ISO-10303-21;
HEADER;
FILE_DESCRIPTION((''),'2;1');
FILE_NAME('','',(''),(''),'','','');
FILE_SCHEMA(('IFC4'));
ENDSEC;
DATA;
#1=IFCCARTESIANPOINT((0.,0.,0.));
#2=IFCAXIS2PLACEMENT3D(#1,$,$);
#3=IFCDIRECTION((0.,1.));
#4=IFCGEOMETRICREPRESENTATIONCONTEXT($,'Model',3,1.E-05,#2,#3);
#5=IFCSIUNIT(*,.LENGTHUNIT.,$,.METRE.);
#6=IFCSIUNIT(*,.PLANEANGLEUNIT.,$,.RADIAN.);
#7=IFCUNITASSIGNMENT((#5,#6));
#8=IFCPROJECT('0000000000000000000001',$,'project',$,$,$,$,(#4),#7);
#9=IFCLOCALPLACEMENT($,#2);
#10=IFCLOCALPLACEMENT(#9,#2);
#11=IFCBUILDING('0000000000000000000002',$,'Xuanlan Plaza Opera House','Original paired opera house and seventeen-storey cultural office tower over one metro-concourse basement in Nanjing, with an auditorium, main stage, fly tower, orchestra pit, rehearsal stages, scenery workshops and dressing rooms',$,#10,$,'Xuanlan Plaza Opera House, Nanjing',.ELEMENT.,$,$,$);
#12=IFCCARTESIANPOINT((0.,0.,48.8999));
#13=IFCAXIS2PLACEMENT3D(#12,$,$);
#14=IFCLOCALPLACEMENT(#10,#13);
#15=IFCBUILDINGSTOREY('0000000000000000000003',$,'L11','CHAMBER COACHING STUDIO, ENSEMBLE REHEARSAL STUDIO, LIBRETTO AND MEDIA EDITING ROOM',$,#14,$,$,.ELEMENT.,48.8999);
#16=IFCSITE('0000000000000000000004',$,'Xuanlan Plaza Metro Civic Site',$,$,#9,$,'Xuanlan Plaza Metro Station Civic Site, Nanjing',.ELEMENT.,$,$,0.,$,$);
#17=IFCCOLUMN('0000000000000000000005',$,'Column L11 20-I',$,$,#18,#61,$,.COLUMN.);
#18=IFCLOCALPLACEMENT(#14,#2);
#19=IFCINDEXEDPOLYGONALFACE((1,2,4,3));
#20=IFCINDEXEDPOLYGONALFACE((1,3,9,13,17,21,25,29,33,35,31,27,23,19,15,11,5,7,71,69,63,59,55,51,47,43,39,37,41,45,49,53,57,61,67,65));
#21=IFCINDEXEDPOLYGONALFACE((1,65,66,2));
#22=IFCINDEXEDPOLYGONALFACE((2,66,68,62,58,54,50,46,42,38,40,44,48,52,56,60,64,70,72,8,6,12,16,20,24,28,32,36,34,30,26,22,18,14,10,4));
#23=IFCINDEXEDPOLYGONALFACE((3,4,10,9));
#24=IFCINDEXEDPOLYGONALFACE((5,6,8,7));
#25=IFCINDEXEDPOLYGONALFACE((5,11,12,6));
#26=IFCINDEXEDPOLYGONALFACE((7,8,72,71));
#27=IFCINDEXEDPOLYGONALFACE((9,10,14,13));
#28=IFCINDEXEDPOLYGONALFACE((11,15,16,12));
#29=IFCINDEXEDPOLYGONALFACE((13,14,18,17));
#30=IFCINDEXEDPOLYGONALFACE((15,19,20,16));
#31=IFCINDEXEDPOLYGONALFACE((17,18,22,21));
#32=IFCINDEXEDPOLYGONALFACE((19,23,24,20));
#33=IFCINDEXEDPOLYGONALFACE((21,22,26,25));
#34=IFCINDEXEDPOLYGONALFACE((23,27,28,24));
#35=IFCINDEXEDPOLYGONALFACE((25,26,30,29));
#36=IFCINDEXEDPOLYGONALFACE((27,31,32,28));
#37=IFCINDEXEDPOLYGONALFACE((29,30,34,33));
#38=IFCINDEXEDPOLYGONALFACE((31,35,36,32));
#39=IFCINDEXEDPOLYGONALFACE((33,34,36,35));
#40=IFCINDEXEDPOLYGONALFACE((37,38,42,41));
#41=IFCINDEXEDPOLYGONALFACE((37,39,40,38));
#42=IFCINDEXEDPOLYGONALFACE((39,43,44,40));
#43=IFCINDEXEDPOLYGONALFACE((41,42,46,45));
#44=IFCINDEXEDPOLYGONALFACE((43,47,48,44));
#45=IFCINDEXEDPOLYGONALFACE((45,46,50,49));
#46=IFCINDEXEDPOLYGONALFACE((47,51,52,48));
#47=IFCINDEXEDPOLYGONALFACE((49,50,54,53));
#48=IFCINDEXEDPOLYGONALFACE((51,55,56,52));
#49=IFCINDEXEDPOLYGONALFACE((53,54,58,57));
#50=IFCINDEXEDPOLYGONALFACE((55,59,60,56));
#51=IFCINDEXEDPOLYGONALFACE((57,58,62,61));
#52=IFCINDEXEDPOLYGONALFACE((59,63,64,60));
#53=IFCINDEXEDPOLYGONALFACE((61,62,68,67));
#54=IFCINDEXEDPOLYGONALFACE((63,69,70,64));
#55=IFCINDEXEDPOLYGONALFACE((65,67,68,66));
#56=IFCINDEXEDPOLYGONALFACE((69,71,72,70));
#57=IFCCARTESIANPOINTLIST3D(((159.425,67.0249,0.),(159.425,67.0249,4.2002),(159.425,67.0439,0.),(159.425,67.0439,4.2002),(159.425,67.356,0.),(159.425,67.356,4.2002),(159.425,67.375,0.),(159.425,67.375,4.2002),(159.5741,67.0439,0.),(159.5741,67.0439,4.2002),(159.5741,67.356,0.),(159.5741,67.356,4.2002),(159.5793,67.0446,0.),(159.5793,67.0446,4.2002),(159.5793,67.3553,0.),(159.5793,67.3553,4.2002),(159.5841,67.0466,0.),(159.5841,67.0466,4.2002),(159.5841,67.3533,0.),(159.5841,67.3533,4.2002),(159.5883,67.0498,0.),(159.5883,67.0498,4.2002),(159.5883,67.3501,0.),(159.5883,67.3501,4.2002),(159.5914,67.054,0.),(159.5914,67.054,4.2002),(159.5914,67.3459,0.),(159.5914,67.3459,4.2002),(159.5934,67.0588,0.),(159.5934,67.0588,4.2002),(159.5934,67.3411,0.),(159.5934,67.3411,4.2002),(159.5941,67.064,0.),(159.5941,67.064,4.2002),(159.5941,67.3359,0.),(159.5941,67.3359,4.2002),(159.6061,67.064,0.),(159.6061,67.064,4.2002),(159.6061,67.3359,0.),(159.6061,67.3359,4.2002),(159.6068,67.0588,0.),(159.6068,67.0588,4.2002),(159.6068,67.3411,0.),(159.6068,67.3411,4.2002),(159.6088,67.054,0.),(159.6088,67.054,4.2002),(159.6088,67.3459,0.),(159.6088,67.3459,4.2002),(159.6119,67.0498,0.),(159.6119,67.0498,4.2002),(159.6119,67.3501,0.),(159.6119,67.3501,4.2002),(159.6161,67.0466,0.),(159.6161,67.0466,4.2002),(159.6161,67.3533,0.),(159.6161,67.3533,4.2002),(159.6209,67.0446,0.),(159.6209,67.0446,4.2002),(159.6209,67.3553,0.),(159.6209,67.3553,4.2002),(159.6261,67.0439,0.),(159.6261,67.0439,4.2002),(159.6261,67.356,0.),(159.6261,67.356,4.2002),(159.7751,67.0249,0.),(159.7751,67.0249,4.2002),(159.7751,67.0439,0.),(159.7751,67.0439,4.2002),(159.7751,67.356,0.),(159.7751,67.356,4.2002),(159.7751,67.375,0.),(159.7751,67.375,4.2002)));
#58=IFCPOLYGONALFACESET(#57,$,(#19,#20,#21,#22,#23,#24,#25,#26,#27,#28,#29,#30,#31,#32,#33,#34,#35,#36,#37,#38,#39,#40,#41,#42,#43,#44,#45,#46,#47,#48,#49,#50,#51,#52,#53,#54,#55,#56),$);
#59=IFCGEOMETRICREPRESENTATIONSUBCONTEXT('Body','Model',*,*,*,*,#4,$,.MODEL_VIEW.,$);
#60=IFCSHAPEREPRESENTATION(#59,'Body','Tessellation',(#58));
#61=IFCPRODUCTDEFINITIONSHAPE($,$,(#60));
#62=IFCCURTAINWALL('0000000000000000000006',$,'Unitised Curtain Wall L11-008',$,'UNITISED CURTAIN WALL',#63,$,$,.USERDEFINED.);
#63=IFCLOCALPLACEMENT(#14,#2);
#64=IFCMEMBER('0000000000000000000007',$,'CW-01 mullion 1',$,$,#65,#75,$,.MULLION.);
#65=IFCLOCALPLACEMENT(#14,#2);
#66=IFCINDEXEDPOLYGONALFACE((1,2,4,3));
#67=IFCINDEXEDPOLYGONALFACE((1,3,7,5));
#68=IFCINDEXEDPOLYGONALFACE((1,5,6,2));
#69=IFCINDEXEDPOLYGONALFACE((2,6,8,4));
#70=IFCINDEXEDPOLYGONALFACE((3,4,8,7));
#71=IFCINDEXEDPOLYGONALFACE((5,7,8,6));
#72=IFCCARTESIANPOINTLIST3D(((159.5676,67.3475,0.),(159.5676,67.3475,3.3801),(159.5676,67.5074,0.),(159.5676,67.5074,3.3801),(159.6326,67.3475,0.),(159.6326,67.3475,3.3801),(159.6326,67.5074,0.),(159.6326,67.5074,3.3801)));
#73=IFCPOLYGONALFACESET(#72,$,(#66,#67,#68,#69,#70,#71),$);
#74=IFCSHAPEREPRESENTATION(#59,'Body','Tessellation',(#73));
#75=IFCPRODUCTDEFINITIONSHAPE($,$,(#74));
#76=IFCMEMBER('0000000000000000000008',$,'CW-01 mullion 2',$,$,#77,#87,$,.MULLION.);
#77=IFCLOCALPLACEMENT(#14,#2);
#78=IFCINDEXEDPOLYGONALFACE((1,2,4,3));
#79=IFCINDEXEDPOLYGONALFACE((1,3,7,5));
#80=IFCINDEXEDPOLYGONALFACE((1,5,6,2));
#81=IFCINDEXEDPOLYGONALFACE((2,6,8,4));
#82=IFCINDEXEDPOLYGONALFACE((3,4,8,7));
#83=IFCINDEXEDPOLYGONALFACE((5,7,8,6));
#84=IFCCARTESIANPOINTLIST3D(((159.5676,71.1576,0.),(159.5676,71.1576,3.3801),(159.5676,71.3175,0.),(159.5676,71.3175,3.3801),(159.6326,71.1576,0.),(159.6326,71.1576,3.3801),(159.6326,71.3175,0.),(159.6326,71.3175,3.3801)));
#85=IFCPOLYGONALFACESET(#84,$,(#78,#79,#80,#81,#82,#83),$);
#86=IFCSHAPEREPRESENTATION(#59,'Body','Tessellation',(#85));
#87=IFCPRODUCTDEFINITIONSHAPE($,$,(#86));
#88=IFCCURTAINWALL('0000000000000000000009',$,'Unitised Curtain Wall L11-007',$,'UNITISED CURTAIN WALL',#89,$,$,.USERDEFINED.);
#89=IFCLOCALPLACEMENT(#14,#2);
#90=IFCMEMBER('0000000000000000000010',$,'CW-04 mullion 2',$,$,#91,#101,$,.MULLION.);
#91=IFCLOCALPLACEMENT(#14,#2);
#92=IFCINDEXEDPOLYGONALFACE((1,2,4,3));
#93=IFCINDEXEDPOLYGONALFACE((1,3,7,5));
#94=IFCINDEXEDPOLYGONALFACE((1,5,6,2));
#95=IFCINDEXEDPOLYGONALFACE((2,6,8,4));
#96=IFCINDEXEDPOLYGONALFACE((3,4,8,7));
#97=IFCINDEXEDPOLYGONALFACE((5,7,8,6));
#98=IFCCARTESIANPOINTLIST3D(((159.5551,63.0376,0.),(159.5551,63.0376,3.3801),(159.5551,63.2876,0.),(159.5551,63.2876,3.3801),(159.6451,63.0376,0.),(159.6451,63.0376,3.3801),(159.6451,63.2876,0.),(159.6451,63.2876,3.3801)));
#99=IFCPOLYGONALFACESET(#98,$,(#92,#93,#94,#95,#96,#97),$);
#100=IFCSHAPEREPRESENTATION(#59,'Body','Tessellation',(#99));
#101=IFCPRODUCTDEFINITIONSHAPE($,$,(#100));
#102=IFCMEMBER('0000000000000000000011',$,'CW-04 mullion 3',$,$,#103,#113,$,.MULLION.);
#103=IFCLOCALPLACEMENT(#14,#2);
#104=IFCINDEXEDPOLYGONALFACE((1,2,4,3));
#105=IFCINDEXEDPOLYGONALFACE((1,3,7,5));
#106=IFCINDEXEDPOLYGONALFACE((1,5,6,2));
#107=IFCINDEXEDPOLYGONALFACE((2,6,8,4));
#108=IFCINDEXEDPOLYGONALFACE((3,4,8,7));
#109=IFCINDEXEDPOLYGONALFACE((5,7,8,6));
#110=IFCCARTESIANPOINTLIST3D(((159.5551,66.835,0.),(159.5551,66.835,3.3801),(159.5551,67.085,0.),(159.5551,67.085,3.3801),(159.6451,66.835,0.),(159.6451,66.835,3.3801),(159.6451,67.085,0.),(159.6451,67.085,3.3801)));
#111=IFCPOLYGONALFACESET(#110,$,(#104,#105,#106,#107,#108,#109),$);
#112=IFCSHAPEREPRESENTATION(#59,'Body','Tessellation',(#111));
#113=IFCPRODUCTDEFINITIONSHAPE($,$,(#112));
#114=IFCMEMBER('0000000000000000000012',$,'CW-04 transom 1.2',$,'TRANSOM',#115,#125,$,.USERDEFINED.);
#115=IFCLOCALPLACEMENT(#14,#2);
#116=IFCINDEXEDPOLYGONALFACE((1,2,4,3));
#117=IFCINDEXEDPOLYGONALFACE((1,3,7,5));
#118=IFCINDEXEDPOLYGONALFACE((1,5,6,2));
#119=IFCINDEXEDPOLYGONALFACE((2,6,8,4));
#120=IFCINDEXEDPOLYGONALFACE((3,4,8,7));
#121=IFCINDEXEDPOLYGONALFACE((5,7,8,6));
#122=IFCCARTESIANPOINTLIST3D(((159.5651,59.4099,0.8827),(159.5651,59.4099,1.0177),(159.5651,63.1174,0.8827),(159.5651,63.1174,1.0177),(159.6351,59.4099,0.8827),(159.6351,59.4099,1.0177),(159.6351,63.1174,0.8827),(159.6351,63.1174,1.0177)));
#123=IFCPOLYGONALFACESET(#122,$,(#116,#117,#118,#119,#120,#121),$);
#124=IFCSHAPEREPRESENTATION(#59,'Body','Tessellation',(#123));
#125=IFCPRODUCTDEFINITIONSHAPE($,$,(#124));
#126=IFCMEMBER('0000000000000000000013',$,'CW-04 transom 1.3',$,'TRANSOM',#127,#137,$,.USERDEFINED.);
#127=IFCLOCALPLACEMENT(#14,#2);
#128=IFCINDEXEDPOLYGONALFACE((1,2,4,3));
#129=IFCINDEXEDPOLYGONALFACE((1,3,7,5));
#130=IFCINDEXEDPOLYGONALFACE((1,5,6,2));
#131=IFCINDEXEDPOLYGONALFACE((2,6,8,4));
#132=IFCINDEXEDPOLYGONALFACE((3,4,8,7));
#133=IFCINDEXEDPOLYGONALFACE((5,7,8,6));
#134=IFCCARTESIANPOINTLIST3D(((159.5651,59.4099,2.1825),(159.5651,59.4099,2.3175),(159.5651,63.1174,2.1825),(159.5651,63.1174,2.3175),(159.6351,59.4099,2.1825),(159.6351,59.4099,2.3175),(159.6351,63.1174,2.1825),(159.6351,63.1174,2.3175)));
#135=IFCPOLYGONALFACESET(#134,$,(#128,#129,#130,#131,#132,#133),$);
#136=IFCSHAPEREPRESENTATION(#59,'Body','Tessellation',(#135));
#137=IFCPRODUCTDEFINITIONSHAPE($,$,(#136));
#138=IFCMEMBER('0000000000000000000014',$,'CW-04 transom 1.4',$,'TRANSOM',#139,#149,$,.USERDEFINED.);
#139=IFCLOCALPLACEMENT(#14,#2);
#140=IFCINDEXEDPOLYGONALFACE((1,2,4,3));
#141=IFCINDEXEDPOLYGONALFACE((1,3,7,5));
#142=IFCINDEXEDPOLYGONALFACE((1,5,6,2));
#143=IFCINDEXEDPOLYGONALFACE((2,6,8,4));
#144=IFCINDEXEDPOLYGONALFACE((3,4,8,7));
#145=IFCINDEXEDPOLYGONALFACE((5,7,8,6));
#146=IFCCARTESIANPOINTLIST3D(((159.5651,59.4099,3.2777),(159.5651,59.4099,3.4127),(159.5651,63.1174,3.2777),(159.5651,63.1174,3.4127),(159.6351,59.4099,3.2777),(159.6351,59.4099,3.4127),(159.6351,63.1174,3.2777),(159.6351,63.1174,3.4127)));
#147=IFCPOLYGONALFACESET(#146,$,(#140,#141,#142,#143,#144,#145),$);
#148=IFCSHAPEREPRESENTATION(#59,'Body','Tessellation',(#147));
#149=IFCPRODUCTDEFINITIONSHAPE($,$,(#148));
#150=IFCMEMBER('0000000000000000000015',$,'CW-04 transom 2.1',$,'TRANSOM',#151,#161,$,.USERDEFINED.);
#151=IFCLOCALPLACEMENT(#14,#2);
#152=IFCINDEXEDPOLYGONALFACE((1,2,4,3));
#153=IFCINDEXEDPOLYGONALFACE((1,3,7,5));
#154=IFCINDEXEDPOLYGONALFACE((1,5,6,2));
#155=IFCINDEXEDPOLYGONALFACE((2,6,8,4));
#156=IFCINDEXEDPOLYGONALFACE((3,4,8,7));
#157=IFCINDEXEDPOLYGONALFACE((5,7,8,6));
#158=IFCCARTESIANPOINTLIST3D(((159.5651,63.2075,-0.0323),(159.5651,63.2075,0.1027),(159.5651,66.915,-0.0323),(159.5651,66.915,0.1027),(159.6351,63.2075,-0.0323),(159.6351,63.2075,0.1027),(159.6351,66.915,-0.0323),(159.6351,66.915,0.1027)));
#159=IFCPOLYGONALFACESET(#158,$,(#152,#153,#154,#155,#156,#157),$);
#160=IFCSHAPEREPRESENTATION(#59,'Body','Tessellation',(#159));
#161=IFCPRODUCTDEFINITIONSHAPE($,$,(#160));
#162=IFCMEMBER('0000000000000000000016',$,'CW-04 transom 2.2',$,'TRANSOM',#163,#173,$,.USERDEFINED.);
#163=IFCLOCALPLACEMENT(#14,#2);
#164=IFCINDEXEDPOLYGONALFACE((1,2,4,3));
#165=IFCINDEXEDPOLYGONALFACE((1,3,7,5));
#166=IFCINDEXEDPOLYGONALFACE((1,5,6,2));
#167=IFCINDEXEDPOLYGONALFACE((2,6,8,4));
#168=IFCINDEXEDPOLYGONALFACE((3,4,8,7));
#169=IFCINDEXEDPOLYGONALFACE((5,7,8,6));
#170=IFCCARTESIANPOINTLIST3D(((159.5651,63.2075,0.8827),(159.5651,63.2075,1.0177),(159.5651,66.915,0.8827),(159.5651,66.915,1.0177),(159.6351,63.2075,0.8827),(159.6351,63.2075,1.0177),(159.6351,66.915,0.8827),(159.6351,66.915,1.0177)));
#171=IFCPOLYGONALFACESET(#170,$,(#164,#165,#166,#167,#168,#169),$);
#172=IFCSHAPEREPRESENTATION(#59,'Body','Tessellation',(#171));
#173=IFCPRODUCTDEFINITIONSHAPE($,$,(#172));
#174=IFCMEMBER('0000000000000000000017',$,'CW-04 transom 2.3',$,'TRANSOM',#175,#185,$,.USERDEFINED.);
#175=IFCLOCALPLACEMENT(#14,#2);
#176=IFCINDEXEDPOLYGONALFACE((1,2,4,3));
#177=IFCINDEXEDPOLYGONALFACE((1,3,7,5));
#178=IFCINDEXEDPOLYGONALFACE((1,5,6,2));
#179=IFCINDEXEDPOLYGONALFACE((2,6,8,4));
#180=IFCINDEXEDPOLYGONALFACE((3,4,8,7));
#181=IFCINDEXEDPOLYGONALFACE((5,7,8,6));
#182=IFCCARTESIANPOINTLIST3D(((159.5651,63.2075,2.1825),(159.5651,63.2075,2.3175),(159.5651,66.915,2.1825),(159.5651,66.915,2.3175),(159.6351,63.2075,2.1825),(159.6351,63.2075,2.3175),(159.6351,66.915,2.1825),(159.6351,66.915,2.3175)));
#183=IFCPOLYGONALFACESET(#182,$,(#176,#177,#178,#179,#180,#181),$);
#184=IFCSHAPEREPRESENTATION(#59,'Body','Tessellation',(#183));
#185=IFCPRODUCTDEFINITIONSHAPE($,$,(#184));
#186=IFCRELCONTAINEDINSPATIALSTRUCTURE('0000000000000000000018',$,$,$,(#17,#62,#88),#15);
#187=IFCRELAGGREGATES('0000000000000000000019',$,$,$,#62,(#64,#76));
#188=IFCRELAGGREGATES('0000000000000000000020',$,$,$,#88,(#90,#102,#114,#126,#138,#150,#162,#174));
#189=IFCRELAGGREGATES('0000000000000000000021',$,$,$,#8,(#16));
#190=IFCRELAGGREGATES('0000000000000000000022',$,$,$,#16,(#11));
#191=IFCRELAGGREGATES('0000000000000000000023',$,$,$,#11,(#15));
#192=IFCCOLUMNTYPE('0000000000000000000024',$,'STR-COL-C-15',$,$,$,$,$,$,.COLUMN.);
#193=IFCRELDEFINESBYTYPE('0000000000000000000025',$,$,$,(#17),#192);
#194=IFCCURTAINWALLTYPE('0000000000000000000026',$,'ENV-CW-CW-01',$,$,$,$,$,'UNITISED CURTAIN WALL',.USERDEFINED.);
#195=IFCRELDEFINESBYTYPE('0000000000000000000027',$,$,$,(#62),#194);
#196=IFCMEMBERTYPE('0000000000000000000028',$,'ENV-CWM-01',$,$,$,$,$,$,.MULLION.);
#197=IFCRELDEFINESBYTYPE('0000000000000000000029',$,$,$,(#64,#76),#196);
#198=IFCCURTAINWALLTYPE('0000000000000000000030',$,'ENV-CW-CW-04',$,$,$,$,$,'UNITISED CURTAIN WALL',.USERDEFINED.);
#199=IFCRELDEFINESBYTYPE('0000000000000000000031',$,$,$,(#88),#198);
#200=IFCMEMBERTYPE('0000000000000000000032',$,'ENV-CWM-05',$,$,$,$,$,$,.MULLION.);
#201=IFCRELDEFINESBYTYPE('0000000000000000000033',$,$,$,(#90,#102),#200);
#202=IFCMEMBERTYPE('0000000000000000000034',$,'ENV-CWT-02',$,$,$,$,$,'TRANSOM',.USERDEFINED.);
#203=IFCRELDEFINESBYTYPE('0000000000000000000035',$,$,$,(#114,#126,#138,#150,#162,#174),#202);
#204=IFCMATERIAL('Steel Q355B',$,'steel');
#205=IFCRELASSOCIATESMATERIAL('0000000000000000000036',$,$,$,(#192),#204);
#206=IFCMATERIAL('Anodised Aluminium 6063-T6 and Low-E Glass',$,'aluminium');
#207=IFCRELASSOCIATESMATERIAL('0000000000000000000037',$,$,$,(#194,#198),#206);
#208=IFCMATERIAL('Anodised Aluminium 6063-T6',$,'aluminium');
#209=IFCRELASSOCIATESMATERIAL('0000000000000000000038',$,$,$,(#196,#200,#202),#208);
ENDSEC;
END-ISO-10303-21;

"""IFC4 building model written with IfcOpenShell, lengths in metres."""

from ifc_helpers import new_model, si_unit, direction, frame, origin, origin_2d, place, context, subcontext, project, spatial, rectangle, i_section, extrude, material, material_profile, profile_set, type_object, element, aggregate, save


model = new_model("IFC4")

# Units and contexts
model_context = context("Model", 3, precision=1e-05, world=origin(), true_north=direction((0.0, 1.0)))
body_context = subcontext(model_context, "Body", "Model", "MODEL_VIEW")
ifc_project = project(units=[si_unit("LENGTHUNIT", "METRE"), si_unit("PLANEANGLEUNIT", "RADIAN")], contexts=[model_context])

# Site, building, storey
site_placement = place(None, origin())
site = spatial("IfcSite", under=ifc_project, at=site_placement, Name="Xuanlan Plaza Metro Civic Site", LongName="Xuanlan Plaza Metro Station Civic Site, Nanjing", CompositionType="ELEMENT", RefElevation=0.0)
building_placement = place(site_placement, origin())
building = spatial("IfcBuilding", under=site, at=building_placement, Name="Xuanlan Plaza Opera House", Description="Original paired opera house and seventeen-storey cultural office tower over one metro-concourse basement in Nanjing, with an auditorium, main stage, fly tower, orchestra pit, rehearsal stages, scenery workshops and dressing rooms", LongName="Xuanlan Plaza Opera House, Nanjing", CompositionType="ELEMENT")
storey_placement = place(building_placement, frame((0.0, 0.0, 48.8999)))
storey = spatial("IfcBuildingStorey", under=building, at=storey_placement, Name="L11", Description="CHAMBER COACHING STUDIO, ENSEMBLE REHEARSAL STUDIO, LIBRETTO AND MEDIA EDITING ROOM", CompositionType="ELEMENT", Elevation=48.8999)

# Column
ifc_material_1 = material(Name="Steel Q355B", Category="steel")
ifc_material_profile_1 = material_profile(ifc_material_1, i_section(OverallWidth=0.3501, OverallDepth=0.3501, WebThickness=0.012, FlangeThickness=0.019, FilletRadius=0.02, at=origin_2d()), Name="HW 350x350x12x19")
ifc_profile_set_1 = profile_set([ifc_material_profile_1], Name="Steel Q355B")
column_type = type_object("IfcColumnType", Name="STR-COL-C-15", PredefinedType="COLUMN", material=ifc_profile_set_1)
column_placement = place(storey_placement, frame((159.6001, 67.2, 0.0), z_axis=(0.0, 0.0, 1.0), x_axis=(1.0, 0.0, 0.0)))
element("IfcColumn", 1, at=column_placement, inside=storey, type_object=column_type, Name="Column L11 20-I", PredefinedType="COLUMN", context=body_context, shape_type="SweptSolid", body=[
    extrude(i_section(OverallWidth=0.3501, OverallDepth=0.3501, WebThickness=0.012, FlangeThickness=0.019, FilletRadius=0.02, at=origin_2d()), origin(), (0.0, 0.0, 1.0), 4.2002),
])

# Curtain walls, members
ifc_material_2 = material(Name="Anodised Aluminium 6063-T6 and Low-E Glass", Category="aluminium")
curtain_wall_type_1 = type_object("IfcCurtainWallType", Name="ENV-CW-CW-01", ElementType="UNITISED CURTAIN WALL", PredefinedType="USERDEFINED", material=ifc_material_2)
curtain_wall_1_placement = place(storey_placement, origin())
curtain_wall_1 = element("IfcCurtainWall", 2, at=curtain_wall_1_placement, inside=storey, type_object=curtain_wall_type_1, Name="Unitised Curtain Wall L11-008", ObjectType="UNITISED CURTAIN WALL", PredefinedType="USERDEFINED")
ifc_material_3 = material(Name="Anodised Aluminium 6063-T6", Category="aluminium")
ifc_material_profile_2 = material_profile(ifc_material_3, rectangle(XDim=0.0649, YDim=0.1599, at=origin_2d()), Name="ALU-M 65x160")
ifc_profile_set_2 = profile_set([ifc_material_profile_2], Name="Anodised Aluminium 6063-T6")
member_type_1 = type_object("IfcMemberType", Name="ENV-CWM-01", PredefinedType="MULLION", material=ifc_profile_set_2)
member_1_placement = place(storey_placement, frame((159.6001, 67.4275, 0.0), z_axis=(0.0, 0.0, 1.0), x_axis=(-1.0, 0.0, 0.0)))
member_1 = element("IfcMember", 3, at=member_1_placement, type_object=member_type_1, Name="CW-01 mullion 1", PredefinedType="MULLION", context=body_context, shape_type="SweptSolid", body=[
    extrude(rectangle(XDim=0.0649, YDim=0.1599, at=origin_2d()), origin(), (0.0, 0.0, 1.0), 3.3801),
])
member_2_placement = place(storey_placement, frame((159.6001, 71.2375, 0.0), z_axis=(0.0, 0.0, 1.0), x_axis=(-1.0, 0.0, 0.0)))
member_2 = element("IfcMember", 4, at=member_2_placement, type_object=member_type_1, Name="CW-01 mullion 2", PredefinedType="MULLION", context=body_context, shape_type="SweptSolid", body=[
    extrude(rectangle(XDim=0.0649, YDim=0.1599, at=origin_2d()), origin(), (0.0, 0.0, 1.0), 3.3801),
])
curtain_wall_type_2 = type_object("IfcCurtainWallType", Name="ENV-CW-CW-04", ElementType="UNITISED CURTAIN WALL", PredefinedType="USERDEFINED", material=ifc_material_2)
curtain_wall_2_placement = place(storey_placement, origin())
curtain_wall_2 = element("IfcCurtainWall", 5, at=curtain_wall_2_placement, inside=storey, type_object=curtain_wall_type_2, Name="Unitised Curtain Wall L11-007", ObjectType="UNITISED CURTAIN WALL", PredefinedType="USERDEFINED")
ifc_material_profile_3 = material_profile(ifc_material_3, rectangle(XDim=0.0901, YDim=0.25, at=origin_2d()), Name="ALU-M 90x250")
ifc_profile_set_3 = profile_set([ifc_material_profile_3], Name="Anodised Aluminium 6063-T6")
member_type_2 = type_object("IfcMemberType", Name="ENV-CWM-05", PredefinedType="MULLION", material=ifc_profile_set_3)
member_3_placement = place(storey_placement, frame((159.6001, 63.1626, 0.0), z_axis=(0.0, 0.0, 1.0), x_axis=(-1.0, 0.0, 0.0)))
member_3 = element("IfcMember", 6, at=member_3_placement, type_object=member_type_2, Name="CW-04 mullion 2", PredefinedType="MULLION", context=body_context, shape_type="SweptSolid", body=[
    extrude(rectangle(XDim=0.0901, YDim=0.25, at=origin_2d()), origin(), (0.0, 0.0, 1.0), 3.3801),
])
member_4_placement = place(storey_placement, frame((159.6001, 66.96, 0.0), z_axis=(0.0, 0.0, 1.0), x_axis=(-1.0, 0.0, 0.0)))
member_4 = element("IfcMember", 7, at=member_4_placement, type_object=member_type_2, Name="CW-04 mullion 3", PredefinedType="MULLION", context=body_context, shape_type="SweptSolid", body=[
    extrude(rectangle(XDim=0.0901, YDim=0.25, at=origin_2d()), origin(), (0.0, 0.0, 1.0), 3.3801),
])
ifc_material_profile_4 = material_profile(ifc_material_3, rectangle(XDim=0.0701, YDim=0.135, at=origin_2d()), Name="ALU-T 70x135")
ifc_profile_set_4 = profile_set([ifc_material_profile_4], Name="Anodised Aluminium 6063-T6")
member_type_3 = type_object("IfcMemberType", Name="ENV-CWT-02", ElementType="TRANSOM", PredefinedType="USERDEFINED", material=ifc_profile_set_4)
member_5_placement = place(storey_placement, frame((159.6001, 59.4099, 0.9502), z_axis=(0.0, 1.0, 0.0), x_axis=(-1.0, 0.0, 0.0)))
member_5 = element("IfcMember", 8, at=member_5_placement, type_object=member_type_3, Name="CW-04 transom 1.2", ObjectType="TRANSOM", PredefinedType="USERDEFINED", context=body_context, shape_type="SweptSolid", body=[
    extrude(rectangle(XDim=0.0701, YDim=0.135, at=origin_2d()), origin(), (0.0, 0.0, 1.0), 3.7075),
])
member_6_placement = place(storey_placement, frame((159.6001, 59.4099, 2.25), z_axis=(0.0, 1.0, 0.0), x_axis=(-1.0, 0.0, 0.0)))
member_6 = element("IfcMember", 9, at=member_6_placement, type_object=member_type_3, Name="CW-04 transom 1.3", ObjectType="TRANSOM", PredefinedType="USERDEFINED", context=body_context, shape_type="SweptSolid", body=[
    extrude(rectangle(XDim=0.0701, YDim=0.135, at=origin_2d()), origin(), (0.0, 0.0, 1.0), 3.7075),
])
member_7_placement = place(storey_placement, frame((159.6001, 59.4099, 3.3452), z_axis=(0.0, 1.0, 0.0), x_axis=(-1.0, 0.0, 0.0)))
member_7 = element("IfcMember", 10, at=member_7_placement, type_object=member_type_3, Name="CW-04 transom 1.4", ObjectType="TRANSOM", PredefinedType="USERDEFINED", context=body_context, shape_type="SweptSolid", body=[
    extrude(rectangle(XDim=0.0701, YDim=0.135, at=origin_2d()), origin(), (0.0, 0.0, 1.0), 3.7075),
])
member_8_placement = place(storey_placement, frame((159.6001, 63.2075, 0.0352), z_axis=(0.0, 1.0, 0.0), x_axis=(-1.0, 0.0, 0.0)))
member_8 = element("IfcMember", 11, at=member_8_placement, type_object=member_type_3, Name="CW-04 transom 2.1", ObjectType="TRANSOM", PredefinedType="USERDEFINED", context=body_context, shape_type="SweptSolid", body=[
    extrude(rectangle(XDim=0.0701, YDim=0.135, at=origin_2d()), origin(), (0.0, 0.0, 1.0), 3.7075),
])
member_9_placement = place(storey_placement, frame((159.6001, 63.2075, 0.9502), z_axis=(0.0, 1.0, 0.0), x_axis=(-1.0, 0.0, 0.0)))
member_9 = element("IfcMember", 12, at=member_9_placement, type_object=member_type_3, Name="CW-04 transom 2.2", ObjectType="TRANSOM", PredefinedType="USERDEFINED", context=body_context, shape_type="SweptSolid", body=[
    extrude(rectangle(XDim=0.0701, YDim=0.135, at=origin_2d()), origin(), (0.0, 0.0, 1.0), 3.7075),
])
member_10_placement = place(storey_placement, frame((159.6001, 63.2075, 2.25), z_axis=(0.0, 1.0, 0.0), x_axis=(-1.0, 0.0, 0.0)))
member_10 = element("IfcMember", 13, at=member_10_placement, type_object=member_type_3, Name="CW-04 transom 2.3", ObjectType="TRANSOM", PredefinedType="USERDEFINED", context=body_context, shape_type="SweptSolid", body=[
    extrude(rectangle(XDim=0.0701, YDim=0.135, at=origin_2d()), origin(), (0.0, 0.0, 1.0), 3.7075),
])

aggregate(curtain_wall_1, [member_1, member_2])
aggregate(curtain_wall_2, [member_3, member_4, member_5, member_6, member_7, member_8, member_9, member_10])

save(model, "model.ifc")
